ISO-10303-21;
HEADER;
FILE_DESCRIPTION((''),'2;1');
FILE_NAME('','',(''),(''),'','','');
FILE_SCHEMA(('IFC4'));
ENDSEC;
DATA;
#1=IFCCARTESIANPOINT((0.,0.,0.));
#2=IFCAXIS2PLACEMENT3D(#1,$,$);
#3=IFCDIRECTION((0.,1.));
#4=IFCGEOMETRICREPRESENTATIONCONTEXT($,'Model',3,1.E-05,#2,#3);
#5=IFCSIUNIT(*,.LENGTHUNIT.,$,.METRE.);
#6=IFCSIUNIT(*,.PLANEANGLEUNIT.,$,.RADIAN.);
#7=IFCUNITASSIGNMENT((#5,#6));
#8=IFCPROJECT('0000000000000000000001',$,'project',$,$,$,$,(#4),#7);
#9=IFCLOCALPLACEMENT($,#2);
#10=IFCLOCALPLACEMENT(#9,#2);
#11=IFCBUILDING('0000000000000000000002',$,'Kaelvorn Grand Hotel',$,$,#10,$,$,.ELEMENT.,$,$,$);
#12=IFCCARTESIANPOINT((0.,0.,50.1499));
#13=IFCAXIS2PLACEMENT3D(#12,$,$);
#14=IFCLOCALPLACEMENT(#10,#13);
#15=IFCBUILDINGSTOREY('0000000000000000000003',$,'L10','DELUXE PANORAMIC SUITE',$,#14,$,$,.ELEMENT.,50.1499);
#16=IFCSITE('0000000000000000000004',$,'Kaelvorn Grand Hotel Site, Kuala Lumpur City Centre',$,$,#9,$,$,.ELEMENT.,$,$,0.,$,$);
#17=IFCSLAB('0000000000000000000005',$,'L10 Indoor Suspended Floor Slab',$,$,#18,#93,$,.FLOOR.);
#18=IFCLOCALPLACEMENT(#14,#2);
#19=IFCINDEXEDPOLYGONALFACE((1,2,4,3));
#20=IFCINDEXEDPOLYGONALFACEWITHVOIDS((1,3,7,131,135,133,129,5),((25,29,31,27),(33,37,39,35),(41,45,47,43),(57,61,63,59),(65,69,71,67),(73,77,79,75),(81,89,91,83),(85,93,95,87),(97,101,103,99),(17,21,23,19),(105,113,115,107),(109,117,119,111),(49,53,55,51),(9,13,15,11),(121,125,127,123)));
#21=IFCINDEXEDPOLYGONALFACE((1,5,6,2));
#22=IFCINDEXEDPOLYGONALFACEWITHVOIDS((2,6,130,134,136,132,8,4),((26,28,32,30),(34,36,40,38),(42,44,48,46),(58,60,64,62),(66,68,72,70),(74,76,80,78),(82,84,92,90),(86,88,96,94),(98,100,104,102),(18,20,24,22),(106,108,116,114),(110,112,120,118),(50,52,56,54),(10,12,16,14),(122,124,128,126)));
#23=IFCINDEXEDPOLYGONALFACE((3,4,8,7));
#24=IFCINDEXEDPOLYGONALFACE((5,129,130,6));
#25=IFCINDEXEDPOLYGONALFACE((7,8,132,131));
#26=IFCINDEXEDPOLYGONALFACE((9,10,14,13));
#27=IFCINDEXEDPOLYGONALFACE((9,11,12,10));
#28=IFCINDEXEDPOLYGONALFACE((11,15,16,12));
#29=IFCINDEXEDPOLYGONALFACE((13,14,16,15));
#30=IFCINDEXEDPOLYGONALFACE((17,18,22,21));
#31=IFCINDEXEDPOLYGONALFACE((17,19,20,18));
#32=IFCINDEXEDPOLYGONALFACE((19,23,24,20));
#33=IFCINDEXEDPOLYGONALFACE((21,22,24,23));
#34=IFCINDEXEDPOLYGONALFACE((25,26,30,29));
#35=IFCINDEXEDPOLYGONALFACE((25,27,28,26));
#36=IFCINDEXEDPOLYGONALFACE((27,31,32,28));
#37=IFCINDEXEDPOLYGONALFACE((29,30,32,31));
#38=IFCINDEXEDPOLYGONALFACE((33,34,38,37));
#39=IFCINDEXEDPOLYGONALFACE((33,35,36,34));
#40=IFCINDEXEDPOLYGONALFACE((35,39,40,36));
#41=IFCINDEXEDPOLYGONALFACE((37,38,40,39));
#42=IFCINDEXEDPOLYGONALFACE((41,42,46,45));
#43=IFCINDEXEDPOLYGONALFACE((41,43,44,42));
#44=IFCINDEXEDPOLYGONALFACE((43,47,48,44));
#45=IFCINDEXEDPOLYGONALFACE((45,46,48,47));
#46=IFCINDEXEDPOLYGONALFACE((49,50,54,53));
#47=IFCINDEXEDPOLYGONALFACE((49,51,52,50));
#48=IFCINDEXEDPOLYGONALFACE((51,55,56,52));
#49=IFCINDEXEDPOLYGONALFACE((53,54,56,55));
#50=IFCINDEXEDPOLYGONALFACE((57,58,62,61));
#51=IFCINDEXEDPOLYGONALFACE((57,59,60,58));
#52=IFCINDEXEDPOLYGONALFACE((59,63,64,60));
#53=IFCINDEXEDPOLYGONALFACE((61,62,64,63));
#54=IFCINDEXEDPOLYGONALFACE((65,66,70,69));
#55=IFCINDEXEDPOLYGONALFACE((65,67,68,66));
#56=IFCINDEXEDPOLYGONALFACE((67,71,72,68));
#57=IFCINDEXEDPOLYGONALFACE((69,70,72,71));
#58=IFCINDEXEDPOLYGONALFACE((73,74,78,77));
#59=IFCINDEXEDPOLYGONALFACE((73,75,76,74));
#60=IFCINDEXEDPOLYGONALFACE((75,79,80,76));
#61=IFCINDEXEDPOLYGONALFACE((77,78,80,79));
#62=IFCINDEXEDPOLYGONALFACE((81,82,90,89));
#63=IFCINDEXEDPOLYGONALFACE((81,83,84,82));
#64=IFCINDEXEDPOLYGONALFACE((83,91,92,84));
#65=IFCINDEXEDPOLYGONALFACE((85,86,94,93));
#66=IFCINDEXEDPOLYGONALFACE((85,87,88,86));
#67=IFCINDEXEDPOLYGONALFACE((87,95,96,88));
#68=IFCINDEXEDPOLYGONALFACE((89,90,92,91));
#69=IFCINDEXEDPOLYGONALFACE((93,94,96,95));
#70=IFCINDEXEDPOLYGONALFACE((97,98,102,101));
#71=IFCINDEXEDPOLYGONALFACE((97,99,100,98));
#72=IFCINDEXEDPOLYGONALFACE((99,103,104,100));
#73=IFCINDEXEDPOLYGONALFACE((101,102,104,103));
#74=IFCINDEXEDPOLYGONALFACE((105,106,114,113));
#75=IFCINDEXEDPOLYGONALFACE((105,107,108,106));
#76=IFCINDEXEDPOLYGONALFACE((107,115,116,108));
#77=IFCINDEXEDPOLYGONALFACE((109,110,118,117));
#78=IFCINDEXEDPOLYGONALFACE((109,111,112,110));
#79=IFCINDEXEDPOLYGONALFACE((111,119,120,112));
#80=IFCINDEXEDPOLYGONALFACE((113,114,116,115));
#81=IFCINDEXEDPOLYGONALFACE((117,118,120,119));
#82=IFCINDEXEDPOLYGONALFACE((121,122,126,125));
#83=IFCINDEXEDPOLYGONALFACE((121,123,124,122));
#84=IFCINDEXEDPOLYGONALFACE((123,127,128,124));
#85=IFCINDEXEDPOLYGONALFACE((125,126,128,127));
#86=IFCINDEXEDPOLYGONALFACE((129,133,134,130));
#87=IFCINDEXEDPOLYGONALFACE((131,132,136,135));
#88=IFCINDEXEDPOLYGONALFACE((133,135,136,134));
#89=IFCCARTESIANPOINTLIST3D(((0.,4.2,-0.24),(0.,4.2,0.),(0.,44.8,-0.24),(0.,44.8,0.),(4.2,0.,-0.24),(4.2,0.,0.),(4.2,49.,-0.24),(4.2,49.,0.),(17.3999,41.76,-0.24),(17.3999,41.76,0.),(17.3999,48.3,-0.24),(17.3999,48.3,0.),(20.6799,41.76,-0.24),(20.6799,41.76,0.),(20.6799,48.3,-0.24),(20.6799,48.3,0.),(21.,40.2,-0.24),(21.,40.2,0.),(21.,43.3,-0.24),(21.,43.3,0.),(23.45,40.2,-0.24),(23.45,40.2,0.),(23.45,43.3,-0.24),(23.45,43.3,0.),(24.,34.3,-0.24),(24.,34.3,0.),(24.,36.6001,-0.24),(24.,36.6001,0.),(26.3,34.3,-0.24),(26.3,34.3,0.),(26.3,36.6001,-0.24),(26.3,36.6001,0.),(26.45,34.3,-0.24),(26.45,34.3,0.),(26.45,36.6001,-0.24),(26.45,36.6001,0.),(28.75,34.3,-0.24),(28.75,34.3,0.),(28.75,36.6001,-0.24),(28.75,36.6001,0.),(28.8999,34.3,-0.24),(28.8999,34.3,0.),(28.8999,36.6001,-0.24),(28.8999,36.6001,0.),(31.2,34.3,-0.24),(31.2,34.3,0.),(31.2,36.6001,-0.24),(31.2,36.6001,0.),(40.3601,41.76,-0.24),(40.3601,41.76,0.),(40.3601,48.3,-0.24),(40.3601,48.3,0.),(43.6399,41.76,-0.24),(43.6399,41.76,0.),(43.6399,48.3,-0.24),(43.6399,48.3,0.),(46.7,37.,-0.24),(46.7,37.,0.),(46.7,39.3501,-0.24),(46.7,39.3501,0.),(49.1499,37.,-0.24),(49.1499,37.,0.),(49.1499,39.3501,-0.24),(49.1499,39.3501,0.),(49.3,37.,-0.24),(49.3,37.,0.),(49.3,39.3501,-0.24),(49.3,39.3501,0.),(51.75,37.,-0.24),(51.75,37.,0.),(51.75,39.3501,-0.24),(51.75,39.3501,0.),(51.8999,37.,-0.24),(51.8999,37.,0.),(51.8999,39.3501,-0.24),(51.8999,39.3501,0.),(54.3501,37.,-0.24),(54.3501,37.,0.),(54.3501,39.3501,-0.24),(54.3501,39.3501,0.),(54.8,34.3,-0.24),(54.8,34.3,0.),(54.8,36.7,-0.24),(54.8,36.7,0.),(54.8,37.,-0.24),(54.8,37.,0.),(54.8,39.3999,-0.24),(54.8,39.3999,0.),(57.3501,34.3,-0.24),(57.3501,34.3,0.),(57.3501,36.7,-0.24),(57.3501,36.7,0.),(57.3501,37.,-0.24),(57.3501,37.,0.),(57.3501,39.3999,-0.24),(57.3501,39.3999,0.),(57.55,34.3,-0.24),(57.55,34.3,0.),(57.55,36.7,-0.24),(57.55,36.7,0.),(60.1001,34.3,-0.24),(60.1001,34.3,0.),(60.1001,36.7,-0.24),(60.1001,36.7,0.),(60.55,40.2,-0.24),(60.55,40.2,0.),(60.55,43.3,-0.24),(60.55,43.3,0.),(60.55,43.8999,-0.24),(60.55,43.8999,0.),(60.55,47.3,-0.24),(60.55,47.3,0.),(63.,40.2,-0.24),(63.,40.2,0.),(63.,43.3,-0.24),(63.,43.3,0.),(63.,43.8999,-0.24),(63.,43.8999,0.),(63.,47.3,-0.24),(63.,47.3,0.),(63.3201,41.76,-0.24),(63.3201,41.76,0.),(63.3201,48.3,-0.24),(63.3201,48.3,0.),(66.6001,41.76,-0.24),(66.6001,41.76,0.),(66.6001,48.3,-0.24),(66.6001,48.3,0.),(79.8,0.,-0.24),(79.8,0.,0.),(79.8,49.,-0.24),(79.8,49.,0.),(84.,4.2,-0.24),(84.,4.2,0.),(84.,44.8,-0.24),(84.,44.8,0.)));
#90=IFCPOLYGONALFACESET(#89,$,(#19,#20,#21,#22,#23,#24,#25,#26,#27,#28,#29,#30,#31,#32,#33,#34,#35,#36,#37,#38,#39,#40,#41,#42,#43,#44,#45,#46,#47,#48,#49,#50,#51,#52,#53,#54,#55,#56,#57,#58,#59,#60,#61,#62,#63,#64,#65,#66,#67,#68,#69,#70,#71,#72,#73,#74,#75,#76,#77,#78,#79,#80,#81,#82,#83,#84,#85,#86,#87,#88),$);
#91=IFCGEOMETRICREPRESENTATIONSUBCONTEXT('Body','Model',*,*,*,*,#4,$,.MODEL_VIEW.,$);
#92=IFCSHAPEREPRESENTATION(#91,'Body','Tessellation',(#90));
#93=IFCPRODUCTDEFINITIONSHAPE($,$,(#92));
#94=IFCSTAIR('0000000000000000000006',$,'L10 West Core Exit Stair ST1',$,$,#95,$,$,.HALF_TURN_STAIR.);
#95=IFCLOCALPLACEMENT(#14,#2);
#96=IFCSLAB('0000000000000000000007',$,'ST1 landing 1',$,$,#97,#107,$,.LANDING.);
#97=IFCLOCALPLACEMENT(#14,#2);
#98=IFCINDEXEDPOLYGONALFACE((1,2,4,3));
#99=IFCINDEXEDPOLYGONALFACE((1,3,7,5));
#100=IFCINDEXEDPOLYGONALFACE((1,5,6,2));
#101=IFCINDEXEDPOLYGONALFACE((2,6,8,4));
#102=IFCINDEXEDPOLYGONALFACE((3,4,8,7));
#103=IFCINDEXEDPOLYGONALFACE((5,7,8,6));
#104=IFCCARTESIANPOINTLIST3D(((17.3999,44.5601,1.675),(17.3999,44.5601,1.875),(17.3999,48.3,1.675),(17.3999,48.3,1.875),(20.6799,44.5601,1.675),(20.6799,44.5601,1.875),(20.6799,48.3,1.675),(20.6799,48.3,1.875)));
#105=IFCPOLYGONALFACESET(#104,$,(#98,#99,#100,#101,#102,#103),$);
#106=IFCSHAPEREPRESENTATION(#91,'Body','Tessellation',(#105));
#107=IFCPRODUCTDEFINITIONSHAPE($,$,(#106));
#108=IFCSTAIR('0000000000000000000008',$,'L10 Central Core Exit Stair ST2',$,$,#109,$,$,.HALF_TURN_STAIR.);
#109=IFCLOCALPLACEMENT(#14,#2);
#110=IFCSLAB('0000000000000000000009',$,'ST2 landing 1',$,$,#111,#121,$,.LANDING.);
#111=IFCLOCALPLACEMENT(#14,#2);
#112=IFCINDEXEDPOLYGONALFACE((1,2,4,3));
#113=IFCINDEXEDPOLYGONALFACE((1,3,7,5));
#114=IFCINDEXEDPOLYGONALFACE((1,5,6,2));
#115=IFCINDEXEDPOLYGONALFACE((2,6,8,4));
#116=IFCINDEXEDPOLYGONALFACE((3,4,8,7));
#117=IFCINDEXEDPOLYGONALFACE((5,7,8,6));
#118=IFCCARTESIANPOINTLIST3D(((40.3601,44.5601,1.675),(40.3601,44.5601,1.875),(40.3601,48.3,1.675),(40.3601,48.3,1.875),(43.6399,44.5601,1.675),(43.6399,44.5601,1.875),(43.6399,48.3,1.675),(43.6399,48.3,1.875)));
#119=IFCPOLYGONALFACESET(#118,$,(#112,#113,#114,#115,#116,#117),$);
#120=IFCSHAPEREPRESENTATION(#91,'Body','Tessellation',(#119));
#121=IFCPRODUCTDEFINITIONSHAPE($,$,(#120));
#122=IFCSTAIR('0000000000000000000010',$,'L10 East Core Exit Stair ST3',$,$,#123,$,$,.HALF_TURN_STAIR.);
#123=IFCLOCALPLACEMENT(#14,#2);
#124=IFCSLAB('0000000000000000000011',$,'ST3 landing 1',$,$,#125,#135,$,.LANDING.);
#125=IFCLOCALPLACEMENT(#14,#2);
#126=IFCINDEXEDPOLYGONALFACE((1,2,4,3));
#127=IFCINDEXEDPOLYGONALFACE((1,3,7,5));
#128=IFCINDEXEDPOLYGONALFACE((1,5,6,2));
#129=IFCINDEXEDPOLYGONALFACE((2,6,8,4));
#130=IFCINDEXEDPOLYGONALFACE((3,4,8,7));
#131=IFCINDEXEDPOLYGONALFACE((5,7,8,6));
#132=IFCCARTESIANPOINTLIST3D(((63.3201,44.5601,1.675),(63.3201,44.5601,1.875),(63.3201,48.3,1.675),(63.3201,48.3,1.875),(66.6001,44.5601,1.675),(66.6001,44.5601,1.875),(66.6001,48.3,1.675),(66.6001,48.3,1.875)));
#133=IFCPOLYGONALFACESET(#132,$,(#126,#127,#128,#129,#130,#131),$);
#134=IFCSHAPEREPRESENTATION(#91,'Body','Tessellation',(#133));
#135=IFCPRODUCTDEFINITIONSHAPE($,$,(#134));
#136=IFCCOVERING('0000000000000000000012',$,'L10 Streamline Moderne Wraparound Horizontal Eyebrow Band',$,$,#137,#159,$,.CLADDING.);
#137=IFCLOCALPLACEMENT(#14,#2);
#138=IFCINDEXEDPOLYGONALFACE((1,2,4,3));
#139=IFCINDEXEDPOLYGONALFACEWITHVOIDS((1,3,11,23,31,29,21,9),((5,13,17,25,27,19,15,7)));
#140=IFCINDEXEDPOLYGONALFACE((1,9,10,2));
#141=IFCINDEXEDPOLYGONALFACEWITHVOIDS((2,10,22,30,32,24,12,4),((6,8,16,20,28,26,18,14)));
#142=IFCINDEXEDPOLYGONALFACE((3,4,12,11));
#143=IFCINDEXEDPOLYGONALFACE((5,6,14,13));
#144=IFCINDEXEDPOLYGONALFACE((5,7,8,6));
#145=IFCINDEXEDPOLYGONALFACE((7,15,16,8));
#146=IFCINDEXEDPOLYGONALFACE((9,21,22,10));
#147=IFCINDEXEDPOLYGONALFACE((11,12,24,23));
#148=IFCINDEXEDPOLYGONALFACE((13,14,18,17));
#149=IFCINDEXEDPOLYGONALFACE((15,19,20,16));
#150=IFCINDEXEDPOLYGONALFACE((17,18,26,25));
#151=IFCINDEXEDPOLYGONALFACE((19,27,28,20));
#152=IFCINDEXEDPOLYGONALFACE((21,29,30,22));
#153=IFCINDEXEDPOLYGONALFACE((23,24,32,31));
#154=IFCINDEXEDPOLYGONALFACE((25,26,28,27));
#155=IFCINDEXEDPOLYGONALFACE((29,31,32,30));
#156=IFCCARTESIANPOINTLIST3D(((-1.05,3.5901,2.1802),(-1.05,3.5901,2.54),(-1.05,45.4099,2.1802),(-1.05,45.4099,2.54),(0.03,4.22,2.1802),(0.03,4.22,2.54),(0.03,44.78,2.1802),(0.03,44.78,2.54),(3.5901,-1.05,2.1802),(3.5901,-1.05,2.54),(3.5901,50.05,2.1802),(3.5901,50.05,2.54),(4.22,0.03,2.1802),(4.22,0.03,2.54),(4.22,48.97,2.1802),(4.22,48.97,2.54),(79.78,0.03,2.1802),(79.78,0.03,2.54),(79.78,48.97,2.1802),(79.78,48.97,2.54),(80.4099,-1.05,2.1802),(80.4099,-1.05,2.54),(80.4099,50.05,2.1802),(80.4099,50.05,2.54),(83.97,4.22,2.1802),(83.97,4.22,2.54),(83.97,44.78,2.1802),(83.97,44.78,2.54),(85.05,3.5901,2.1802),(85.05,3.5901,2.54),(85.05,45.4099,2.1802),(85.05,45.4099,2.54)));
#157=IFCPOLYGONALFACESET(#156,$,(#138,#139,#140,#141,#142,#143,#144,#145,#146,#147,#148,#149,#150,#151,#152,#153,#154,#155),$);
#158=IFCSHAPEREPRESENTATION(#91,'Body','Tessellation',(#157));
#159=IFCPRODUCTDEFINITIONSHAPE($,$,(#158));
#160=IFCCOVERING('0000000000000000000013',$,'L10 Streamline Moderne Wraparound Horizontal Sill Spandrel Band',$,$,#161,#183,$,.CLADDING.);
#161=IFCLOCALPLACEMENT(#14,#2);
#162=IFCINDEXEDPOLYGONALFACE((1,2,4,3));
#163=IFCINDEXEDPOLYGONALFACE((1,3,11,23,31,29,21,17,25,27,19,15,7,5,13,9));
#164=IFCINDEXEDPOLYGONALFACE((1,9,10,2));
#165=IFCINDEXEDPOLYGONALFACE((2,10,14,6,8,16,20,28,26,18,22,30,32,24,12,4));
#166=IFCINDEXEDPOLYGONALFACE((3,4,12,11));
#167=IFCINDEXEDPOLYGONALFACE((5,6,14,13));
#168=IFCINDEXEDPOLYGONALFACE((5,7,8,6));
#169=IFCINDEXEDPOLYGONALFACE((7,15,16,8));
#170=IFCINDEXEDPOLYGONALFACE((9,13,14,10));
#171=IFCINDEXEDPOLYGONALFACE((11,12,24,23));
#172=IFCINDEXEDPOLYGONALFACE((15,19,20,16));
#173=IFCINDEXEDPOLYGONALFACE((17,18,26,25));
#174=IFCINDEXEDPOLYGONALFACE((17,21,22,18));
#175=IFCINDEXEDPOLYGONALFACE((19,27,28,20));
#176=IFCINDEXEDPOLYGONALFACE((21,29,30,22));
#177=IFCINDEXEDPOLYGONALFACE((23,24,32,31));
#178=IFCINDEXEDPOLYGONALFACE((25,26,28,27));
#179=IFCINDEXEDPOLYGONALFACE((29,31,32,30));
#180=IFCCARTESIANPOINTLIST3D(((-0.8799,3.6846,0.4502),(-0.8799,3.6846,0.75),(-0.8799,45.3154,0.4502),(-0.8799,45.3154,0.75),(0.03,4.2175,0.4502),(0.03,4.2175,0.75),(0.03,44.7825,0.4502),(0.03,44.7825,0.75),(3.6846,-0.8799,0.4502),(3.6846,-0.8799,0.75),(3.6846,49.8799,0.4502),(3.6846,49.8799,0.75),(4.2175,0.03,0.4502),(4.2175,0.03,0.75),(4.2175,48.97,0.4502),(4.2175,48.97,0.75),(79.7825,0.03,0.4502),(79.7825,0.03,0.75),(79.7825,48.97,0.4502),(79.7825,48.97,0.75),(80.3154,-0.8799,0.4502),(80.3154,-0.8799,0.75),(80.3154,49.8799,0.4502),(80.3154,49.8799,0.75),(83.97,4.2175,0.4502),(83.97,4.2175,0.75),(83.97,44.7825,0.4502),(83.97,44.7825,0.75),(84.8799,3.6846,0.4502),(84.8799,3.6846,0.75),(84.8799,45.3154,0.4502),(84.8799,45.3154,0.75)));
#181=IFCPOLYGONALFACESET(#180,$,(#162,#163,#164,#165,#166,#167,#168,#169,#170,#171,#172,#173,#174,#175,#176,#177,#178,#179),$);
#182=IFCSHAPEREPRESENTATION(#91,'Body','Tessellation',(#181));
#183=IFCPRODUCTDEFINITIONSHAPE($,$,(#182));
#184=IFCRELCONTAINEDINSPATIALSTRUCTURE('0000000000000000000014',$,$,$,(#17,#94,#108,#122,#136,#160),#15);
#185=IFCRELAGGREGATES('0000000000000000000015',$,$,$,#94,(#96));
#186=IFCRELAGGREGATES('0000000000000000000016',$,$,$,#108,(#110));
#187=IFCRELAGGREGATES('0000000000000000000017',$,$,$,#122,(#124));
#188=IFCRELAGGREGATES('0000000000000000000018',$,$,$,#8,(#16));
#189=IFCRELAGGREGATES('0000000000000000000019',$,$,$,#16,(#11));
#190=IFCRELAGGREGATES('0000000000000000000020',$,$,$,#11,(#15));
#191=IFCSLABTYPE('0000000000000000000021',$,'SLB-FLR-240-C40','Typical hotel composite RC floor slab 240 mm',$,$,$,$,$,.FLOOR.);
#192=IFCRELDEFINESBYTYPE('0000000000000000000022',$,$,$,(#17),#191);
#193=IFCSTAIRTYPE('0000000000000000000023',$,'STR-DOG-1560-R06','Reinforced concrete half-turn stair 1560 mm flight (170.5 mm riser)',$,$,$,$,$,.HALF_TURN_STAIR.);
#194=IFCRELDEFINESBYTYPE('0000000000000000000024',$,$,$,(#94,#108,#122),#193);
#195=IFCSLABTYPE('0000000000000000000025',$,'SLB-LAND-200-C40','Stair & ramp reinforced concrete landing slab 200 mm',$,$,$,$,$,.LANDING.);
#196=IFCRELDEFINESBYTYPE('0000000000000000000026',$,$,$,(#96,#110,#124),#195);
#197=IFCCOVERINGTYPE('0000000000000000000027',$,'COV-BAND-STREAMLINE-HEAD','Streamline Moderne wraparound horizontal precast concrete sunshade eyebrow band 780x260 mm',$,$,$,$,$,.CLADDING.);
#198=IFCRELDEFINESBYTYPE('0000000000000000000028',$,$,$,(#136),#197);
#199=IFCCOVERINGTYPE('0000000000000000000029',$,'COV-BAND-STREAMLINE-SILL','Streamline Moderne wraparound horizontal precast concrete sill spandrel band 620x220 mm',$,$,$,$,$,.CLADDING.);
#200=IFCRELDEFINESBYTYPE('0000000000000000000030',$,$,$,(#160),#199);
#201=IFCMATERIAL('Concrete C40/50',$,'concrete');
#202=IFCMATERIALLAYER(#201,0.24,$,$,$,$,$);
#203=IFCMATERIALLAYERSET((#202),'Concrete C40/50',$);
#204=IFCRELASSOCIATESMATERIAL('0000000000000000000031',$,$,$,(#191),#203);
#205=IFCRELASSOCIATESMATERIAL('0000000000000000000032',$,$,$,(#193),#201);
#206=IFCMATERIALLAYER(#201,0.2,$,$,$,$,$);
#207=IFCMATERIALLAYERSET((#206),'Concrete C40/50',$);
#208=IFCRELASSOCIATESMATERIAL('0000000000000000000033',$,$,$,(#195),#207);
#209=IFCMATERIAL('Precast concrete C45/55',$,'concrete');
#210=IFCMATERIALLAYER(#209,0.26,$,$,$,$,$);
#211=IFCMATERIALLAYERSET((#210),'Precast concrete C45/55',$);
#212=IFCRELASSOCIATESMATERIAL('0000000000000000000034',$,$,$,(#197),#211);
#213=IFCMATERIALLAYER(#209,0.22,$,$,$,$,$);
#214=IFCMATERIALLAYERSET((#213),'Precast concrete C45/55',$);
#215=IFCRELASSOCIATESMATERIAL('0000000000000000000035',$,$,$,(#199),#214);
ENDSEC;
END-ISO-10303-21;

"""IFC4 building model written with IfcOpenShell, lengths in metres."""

from ifc_helpers import new_model, si_unit, direction, frame, origin, place, context, subcontext, project, spatial, polyline, outline, extrude, material, layer, layer_set, type_object, element, aggregate, save


model = new_model("IFC4")

# Units and contexts
model_context = context("Model", 3, precision=1e-05, world=origin(), true_north=direction((0.0, 1.0)))
body_context = subcontext(model_context, "Body", "Model", "MODEL_VIEW")
ifc_project = project(units=[si_unit("LENGTHUNIT", "METRE"), si_unit("PLANEANGLEUNIT", "RADIAN")], contexts=[model_context])

# Site, building, storey
site_placement = place(None, origin())
site = spatial("IfcSite", under=ifc_project, at=site_placement, Name="Kaelvorn Grand Hotel Site, Kuala Lumpur City Centre", CompositionType="ELEMENT", RefElevation=0.0)
building_placement = place(site_placement, origin())
building = spatial("IfcBuilding", under=site, at=building_placement, Name="Kaelvorn Grand Hotel", CompositionType="ELEMENT")
storey_placement = place(building_placement, frame((0.0, 0.0, 50.1499)))
storey = spatial("IfcBuildingStorey", under=building, at=storey_placement, Name="L10", Description="DELUXE PANORAMIC SUITE", CompositionType="ELEMENT", Elevation=50.1499)

# Shared definitions
ifc_material_1 = material(Name="Precast concrete C45/55", Category="concrete")

# Slab
ifc_material_2 = material(Name="Concrete C40/50", Category="concrete")
ifc_layer_1 = layer(ifc_material_2, 0.24)
ifc_layer_set_1 = layer_set([ifc_layer_1], Name="Concrete C40/50")
slab_type_1 = type_object("IfcSlabType", Name="SLB-FLR-240-C40", Description="Typical hotel composite RC floor slab 240 mm", PredefinedType="FLOOR", material=ifc_layer_set_1)
slab_1_placement = place(storey_placement, frame((0.0, 0.0, -0.24)))
element("IfcSlab", 1, at=slab_1_placement, inside=storey, type_object=slab_type_1, Name="L10 Indoor Suspended Floor Slab", PredefinedType="FLOOR", context=body_context, shape_type="SweptSolid", body=[
    extrude(outline(polyline([(4.2, 0.0), (79.8, 0.0), (84.0, 4.2), (84.0, 44.8), (79.8, 49.0), (4.2, 49.0), (0.0, 44.8), (0.0, 4.2), (4.2, 0.0)]), holes=[polyline([(17.3999, 41.76), (17.3999, 48.3), (20.6799, 48.3), (20.6799, 41.76), (17.3999, 41.76)]), polyline([(40.3601, 41.76), (40.3601, 48.3), (43.6399, 48.3), (43.6399, 41.76), (40.3601, 41.76)]), polyline([(63.3201, 41.76), (63.3201, 48.3), (66.6001, 48.3), (66.6001, 41.76), (63.3201, 41.76)]), polyline([(24.0, 34.3), (24.0, 36.6001), (26.3, 36.6001), (26.3, 34.3), (24.0, 34.3)]), polyline([(26.45, 34.3), (26.45, 36.6001), (28.75, 36.6001), (28.75, 34.3), (26.45, 34.3)]), polyline([(28.8999, 34.3), (28.8999, 36.6001), (31.2, 36.6001), (31.2, 34.3), (28.8999, 34.3)]), polyline([(46.7, 37.0), (46.7, 39.3501), (49.1499, 39.3501), (49.1499, 37.0), (46.7, 37.0)]), polyline([(49.3, 37.0), (49.3, 39.3501), (51.75, 39.3501), (51.75, 37.0), (49.3, 37.0)]), polyline([(51.8999, 37.0), (51.8999, 39.3501), (54.3501, 39.3501), (54.3501, 37.0), (51.8999, 37.0)]), polyline([(54.8, 34.3), (54.8, 36.7), (57.3501, 36.7), (57.3501, 34.3), (54.8, 34.3)]), polyline([(57.55, 34.3), (57.55, 36.7), (60.1001, 36.7), (60.1001, 34.3), (57.55, 34.3)]), polyline([(54.8, 37.0), (54.8, 39.3999), (57.3501, 39.3999), (57.3501, 37.0), (54.8, 37.0)]), polyline([(21.0, 40.2), (21.0, 43.3), (23.45, 43.3), (23.45, 40.2), (21.0, 40.2)]), polyline([(60.55, 40.2), (60.55, 43.3), (63.0, 43.3), (63.0, 40.2), (60.55, 40.2)]), polyline([(60.55, 43.8999), (60.55, 47.3), (63.0, 47.3), (63.0, 43.8999), (60.55, 43.8999)])]), origin(), (0.0, 0.0, 1.0), 0.24),
])

# Stairs, slabs
stair_type = type_object("IfcStairType", Name="STR-DOG-1560-R06", Description="Reinforced concrete half-turn stair 1560 mm flight (170.5 mm riser)", PredefinedType="HALF_TURN_STAIR", material=ifc_material_2)
stair_1_placement = place(storey_placement, origin())
stair_1 = element("IfcStair", 2, at=stair_1_placement, inside=storey, type_object=stair_type, Name="L10 West Core Exit Stair ST1", PredefinedType="HALF_TURN_STAIR")
ifc_layer_2 = layer(ifc_material_2, 0.2)
ifc_layer_set_2 = layer_set([ifc_layer_2], Name="Concrete C40/50")
slab_type_2 = type_object("IfcSlabType", Name="SLB-LAND-200-C40", Description="Stair & ramp reinforced concrete landing slab 200 mm", PredefinedType="LANDING", material=ifc_layer_set_2)
slab_2_placement = place(storey_placement, frame((0.0, 0.0, 1.675)))
slab_2 = element("IfcSlab", 3, at=slab_2_placement, type_object=slab_type_2, Name="ST1 landing 1", PredefinedType="LANDING", context=body_context, shape_type="SweptSolid", body=[
    extrude(outline(polyline([(20.6799, 44.5601), (20.6799, 48.3), (17.3999, 48.3), (17.3999, 44.5601), (20.6799, 44.5601)])), origin(), (0.0, 0.0, 1.0), 0.2),
])
aggregate(stair_1, [slab_2])
stair_2_placement = place(storey_placement, origin())
stair_2 = element("IfcStair", 4, at=stair_2_placement, inside=storey, type_object=stair_type, Name="L10 Central Core Exit Stair ST2", PredefinedType="HALF_TURN_STAIR")
slab_3_placement = place(storey_placement, frame((0.0, 0.0, 1.675)))
slab_3 = element("IfcSlab", 5, at=slab_3_placement, type_object=slab_type_2, Name="ST2 landing 1", PredefinedType="LANDING", context=body_context, shape_type="SweptSolid", body=[
    extrude(outline(polyline([(43.6399, 44.5601), (43.6399, 48.3), (40.3601, 48.3), (40.3601, 44.5601), (43.6399, 44.5601)])), origin(), (0.0, 0.0, 1.0), 0.2),
])
aggregate(stair_2, [slab_3])
stair_3_placement = place(storey_placement, origin())
stair_3 = element("IfcStair", 6, at=stair_3_placement, inside=storey, type_object=stair_type, Name="L10 East Core Exit Stair ST3", PredefinedType="HALF_TURN_STAIR")
slab_4_placement = place(storey_placement, frame((0.0, 0.0, 1.675)))
slab_4 = element("IfcSlab", 7, at=slab_4_placement, type_object=slab_type_2, Name="ST3 landing 1", PredefinedType="LANDING", context=body_context, shape_type="SweptSolid", body=[
    extrude(outline(polyline([(66.6001, 44.5601), (66.6001, 48.3), (63.3201, 48.3), (63.3201, 44.5601), (66.6001, 44.5601)])), origin(), (0.0, 0.0, 1.0), 0.2),
])
aggregate(stair_3, [slab_4])

# Coverings
ifc_layer_3 = layer(ifc_material_1, 0.26)
ifc_layer_set_3 = layer_set([ifc_layer_3], Name="Precast concrete C45/55")
covering_type_1 = type_object("IfcCoveringType", Name="COV-BAND-STREAMLINE-HEAD", Description="Streamline Moderne wraparound horizontal precast concrete sunshade eyebrow band 780x260 mm", PredefinedType="CLADDING", material=ifc_layer_set_3)
covering_1_placement = place(storey_placement, frame((0.0, 0.0, 2.1802)))
element("IfcCovering", 8, at=covering_1_placement, inside=storey, type_object=covering_type_1, Name="L10 Streamline Moderne Wraparound Horizontal Eyebrow Band", PredefinedType="CLADDING", context=body_context, shape_type="SweptSolid", body=[
    extrude(outline(polyline([(3.5901, -1.05), (80.4099, -1.05), (85.05, 3.5901), (85.05, 45.4099), (80.4099, 50.05), (3.5901, 50.05), (-1.05, 45.4099), (-1.05, 3.5901), (3.5901, -1.05)]), holes=[polyline([(4.22, 0.03), (79.78, 0.03), (83.97, 4.22), (83.97, 44.78), (79.78, 48.97), (4.22, 48.97), (0.03, 44.78), (0.03, 4.22), (4.22, 0.03)])]), origin(), (0.0, 0.0, 1.0), 0.3599),
])
ifc_layer_4 = layer(ifc_material_1, 0.22)
ifc_layer_set_4 = layer_set([ifc_layer_4], Name="Precast concrete C45/55")
covering_type_2 = type_object("IfcCoveringType", Name="COV-BAND-STREAMLINE-SILL", Description="Streamline Moderne wraparound horizontal precast concrete sill spandrel band 620x220 mm", PredefinedType="CLADDING", material=ifc_layer_set_4)
covering_2_placement = place(storey_placement, frame((0.0, 0.0, 0.4502)))
element("IfcCovering", 9, at=covering_2_placement, inside=storey, type_object=covering_type_2, Name="L10 Streamline Moderne Wraparound Horizontal Sill Spandrel Band", PredefinedType="CLADDING", context=body_context, shape_type="SweptSolid", body=[
    extrude(outline(polyline([(80.3154, -0.8799), (84.8799, 3.6846), (84.8799, 45.3154), (80.3154, 49.8799), (3.6846, 49.8799), (-0.8799, 45.3154), (-0.8799, 3.6846), (3.6846, -0.8799), (4.2175, 0.03), (0.03, 4.2175), (0.03, 44.7825), (4.2175, 48.97), (79.7825, 48.97), (83.97, 44.7825), (83.97, 4.2175), (79.7825, 0.03), (80.3154, -0.8799)])), origin(), (0.0, 0.0, 1.0), 0.2998),
])

save(model, "model.ifc")
